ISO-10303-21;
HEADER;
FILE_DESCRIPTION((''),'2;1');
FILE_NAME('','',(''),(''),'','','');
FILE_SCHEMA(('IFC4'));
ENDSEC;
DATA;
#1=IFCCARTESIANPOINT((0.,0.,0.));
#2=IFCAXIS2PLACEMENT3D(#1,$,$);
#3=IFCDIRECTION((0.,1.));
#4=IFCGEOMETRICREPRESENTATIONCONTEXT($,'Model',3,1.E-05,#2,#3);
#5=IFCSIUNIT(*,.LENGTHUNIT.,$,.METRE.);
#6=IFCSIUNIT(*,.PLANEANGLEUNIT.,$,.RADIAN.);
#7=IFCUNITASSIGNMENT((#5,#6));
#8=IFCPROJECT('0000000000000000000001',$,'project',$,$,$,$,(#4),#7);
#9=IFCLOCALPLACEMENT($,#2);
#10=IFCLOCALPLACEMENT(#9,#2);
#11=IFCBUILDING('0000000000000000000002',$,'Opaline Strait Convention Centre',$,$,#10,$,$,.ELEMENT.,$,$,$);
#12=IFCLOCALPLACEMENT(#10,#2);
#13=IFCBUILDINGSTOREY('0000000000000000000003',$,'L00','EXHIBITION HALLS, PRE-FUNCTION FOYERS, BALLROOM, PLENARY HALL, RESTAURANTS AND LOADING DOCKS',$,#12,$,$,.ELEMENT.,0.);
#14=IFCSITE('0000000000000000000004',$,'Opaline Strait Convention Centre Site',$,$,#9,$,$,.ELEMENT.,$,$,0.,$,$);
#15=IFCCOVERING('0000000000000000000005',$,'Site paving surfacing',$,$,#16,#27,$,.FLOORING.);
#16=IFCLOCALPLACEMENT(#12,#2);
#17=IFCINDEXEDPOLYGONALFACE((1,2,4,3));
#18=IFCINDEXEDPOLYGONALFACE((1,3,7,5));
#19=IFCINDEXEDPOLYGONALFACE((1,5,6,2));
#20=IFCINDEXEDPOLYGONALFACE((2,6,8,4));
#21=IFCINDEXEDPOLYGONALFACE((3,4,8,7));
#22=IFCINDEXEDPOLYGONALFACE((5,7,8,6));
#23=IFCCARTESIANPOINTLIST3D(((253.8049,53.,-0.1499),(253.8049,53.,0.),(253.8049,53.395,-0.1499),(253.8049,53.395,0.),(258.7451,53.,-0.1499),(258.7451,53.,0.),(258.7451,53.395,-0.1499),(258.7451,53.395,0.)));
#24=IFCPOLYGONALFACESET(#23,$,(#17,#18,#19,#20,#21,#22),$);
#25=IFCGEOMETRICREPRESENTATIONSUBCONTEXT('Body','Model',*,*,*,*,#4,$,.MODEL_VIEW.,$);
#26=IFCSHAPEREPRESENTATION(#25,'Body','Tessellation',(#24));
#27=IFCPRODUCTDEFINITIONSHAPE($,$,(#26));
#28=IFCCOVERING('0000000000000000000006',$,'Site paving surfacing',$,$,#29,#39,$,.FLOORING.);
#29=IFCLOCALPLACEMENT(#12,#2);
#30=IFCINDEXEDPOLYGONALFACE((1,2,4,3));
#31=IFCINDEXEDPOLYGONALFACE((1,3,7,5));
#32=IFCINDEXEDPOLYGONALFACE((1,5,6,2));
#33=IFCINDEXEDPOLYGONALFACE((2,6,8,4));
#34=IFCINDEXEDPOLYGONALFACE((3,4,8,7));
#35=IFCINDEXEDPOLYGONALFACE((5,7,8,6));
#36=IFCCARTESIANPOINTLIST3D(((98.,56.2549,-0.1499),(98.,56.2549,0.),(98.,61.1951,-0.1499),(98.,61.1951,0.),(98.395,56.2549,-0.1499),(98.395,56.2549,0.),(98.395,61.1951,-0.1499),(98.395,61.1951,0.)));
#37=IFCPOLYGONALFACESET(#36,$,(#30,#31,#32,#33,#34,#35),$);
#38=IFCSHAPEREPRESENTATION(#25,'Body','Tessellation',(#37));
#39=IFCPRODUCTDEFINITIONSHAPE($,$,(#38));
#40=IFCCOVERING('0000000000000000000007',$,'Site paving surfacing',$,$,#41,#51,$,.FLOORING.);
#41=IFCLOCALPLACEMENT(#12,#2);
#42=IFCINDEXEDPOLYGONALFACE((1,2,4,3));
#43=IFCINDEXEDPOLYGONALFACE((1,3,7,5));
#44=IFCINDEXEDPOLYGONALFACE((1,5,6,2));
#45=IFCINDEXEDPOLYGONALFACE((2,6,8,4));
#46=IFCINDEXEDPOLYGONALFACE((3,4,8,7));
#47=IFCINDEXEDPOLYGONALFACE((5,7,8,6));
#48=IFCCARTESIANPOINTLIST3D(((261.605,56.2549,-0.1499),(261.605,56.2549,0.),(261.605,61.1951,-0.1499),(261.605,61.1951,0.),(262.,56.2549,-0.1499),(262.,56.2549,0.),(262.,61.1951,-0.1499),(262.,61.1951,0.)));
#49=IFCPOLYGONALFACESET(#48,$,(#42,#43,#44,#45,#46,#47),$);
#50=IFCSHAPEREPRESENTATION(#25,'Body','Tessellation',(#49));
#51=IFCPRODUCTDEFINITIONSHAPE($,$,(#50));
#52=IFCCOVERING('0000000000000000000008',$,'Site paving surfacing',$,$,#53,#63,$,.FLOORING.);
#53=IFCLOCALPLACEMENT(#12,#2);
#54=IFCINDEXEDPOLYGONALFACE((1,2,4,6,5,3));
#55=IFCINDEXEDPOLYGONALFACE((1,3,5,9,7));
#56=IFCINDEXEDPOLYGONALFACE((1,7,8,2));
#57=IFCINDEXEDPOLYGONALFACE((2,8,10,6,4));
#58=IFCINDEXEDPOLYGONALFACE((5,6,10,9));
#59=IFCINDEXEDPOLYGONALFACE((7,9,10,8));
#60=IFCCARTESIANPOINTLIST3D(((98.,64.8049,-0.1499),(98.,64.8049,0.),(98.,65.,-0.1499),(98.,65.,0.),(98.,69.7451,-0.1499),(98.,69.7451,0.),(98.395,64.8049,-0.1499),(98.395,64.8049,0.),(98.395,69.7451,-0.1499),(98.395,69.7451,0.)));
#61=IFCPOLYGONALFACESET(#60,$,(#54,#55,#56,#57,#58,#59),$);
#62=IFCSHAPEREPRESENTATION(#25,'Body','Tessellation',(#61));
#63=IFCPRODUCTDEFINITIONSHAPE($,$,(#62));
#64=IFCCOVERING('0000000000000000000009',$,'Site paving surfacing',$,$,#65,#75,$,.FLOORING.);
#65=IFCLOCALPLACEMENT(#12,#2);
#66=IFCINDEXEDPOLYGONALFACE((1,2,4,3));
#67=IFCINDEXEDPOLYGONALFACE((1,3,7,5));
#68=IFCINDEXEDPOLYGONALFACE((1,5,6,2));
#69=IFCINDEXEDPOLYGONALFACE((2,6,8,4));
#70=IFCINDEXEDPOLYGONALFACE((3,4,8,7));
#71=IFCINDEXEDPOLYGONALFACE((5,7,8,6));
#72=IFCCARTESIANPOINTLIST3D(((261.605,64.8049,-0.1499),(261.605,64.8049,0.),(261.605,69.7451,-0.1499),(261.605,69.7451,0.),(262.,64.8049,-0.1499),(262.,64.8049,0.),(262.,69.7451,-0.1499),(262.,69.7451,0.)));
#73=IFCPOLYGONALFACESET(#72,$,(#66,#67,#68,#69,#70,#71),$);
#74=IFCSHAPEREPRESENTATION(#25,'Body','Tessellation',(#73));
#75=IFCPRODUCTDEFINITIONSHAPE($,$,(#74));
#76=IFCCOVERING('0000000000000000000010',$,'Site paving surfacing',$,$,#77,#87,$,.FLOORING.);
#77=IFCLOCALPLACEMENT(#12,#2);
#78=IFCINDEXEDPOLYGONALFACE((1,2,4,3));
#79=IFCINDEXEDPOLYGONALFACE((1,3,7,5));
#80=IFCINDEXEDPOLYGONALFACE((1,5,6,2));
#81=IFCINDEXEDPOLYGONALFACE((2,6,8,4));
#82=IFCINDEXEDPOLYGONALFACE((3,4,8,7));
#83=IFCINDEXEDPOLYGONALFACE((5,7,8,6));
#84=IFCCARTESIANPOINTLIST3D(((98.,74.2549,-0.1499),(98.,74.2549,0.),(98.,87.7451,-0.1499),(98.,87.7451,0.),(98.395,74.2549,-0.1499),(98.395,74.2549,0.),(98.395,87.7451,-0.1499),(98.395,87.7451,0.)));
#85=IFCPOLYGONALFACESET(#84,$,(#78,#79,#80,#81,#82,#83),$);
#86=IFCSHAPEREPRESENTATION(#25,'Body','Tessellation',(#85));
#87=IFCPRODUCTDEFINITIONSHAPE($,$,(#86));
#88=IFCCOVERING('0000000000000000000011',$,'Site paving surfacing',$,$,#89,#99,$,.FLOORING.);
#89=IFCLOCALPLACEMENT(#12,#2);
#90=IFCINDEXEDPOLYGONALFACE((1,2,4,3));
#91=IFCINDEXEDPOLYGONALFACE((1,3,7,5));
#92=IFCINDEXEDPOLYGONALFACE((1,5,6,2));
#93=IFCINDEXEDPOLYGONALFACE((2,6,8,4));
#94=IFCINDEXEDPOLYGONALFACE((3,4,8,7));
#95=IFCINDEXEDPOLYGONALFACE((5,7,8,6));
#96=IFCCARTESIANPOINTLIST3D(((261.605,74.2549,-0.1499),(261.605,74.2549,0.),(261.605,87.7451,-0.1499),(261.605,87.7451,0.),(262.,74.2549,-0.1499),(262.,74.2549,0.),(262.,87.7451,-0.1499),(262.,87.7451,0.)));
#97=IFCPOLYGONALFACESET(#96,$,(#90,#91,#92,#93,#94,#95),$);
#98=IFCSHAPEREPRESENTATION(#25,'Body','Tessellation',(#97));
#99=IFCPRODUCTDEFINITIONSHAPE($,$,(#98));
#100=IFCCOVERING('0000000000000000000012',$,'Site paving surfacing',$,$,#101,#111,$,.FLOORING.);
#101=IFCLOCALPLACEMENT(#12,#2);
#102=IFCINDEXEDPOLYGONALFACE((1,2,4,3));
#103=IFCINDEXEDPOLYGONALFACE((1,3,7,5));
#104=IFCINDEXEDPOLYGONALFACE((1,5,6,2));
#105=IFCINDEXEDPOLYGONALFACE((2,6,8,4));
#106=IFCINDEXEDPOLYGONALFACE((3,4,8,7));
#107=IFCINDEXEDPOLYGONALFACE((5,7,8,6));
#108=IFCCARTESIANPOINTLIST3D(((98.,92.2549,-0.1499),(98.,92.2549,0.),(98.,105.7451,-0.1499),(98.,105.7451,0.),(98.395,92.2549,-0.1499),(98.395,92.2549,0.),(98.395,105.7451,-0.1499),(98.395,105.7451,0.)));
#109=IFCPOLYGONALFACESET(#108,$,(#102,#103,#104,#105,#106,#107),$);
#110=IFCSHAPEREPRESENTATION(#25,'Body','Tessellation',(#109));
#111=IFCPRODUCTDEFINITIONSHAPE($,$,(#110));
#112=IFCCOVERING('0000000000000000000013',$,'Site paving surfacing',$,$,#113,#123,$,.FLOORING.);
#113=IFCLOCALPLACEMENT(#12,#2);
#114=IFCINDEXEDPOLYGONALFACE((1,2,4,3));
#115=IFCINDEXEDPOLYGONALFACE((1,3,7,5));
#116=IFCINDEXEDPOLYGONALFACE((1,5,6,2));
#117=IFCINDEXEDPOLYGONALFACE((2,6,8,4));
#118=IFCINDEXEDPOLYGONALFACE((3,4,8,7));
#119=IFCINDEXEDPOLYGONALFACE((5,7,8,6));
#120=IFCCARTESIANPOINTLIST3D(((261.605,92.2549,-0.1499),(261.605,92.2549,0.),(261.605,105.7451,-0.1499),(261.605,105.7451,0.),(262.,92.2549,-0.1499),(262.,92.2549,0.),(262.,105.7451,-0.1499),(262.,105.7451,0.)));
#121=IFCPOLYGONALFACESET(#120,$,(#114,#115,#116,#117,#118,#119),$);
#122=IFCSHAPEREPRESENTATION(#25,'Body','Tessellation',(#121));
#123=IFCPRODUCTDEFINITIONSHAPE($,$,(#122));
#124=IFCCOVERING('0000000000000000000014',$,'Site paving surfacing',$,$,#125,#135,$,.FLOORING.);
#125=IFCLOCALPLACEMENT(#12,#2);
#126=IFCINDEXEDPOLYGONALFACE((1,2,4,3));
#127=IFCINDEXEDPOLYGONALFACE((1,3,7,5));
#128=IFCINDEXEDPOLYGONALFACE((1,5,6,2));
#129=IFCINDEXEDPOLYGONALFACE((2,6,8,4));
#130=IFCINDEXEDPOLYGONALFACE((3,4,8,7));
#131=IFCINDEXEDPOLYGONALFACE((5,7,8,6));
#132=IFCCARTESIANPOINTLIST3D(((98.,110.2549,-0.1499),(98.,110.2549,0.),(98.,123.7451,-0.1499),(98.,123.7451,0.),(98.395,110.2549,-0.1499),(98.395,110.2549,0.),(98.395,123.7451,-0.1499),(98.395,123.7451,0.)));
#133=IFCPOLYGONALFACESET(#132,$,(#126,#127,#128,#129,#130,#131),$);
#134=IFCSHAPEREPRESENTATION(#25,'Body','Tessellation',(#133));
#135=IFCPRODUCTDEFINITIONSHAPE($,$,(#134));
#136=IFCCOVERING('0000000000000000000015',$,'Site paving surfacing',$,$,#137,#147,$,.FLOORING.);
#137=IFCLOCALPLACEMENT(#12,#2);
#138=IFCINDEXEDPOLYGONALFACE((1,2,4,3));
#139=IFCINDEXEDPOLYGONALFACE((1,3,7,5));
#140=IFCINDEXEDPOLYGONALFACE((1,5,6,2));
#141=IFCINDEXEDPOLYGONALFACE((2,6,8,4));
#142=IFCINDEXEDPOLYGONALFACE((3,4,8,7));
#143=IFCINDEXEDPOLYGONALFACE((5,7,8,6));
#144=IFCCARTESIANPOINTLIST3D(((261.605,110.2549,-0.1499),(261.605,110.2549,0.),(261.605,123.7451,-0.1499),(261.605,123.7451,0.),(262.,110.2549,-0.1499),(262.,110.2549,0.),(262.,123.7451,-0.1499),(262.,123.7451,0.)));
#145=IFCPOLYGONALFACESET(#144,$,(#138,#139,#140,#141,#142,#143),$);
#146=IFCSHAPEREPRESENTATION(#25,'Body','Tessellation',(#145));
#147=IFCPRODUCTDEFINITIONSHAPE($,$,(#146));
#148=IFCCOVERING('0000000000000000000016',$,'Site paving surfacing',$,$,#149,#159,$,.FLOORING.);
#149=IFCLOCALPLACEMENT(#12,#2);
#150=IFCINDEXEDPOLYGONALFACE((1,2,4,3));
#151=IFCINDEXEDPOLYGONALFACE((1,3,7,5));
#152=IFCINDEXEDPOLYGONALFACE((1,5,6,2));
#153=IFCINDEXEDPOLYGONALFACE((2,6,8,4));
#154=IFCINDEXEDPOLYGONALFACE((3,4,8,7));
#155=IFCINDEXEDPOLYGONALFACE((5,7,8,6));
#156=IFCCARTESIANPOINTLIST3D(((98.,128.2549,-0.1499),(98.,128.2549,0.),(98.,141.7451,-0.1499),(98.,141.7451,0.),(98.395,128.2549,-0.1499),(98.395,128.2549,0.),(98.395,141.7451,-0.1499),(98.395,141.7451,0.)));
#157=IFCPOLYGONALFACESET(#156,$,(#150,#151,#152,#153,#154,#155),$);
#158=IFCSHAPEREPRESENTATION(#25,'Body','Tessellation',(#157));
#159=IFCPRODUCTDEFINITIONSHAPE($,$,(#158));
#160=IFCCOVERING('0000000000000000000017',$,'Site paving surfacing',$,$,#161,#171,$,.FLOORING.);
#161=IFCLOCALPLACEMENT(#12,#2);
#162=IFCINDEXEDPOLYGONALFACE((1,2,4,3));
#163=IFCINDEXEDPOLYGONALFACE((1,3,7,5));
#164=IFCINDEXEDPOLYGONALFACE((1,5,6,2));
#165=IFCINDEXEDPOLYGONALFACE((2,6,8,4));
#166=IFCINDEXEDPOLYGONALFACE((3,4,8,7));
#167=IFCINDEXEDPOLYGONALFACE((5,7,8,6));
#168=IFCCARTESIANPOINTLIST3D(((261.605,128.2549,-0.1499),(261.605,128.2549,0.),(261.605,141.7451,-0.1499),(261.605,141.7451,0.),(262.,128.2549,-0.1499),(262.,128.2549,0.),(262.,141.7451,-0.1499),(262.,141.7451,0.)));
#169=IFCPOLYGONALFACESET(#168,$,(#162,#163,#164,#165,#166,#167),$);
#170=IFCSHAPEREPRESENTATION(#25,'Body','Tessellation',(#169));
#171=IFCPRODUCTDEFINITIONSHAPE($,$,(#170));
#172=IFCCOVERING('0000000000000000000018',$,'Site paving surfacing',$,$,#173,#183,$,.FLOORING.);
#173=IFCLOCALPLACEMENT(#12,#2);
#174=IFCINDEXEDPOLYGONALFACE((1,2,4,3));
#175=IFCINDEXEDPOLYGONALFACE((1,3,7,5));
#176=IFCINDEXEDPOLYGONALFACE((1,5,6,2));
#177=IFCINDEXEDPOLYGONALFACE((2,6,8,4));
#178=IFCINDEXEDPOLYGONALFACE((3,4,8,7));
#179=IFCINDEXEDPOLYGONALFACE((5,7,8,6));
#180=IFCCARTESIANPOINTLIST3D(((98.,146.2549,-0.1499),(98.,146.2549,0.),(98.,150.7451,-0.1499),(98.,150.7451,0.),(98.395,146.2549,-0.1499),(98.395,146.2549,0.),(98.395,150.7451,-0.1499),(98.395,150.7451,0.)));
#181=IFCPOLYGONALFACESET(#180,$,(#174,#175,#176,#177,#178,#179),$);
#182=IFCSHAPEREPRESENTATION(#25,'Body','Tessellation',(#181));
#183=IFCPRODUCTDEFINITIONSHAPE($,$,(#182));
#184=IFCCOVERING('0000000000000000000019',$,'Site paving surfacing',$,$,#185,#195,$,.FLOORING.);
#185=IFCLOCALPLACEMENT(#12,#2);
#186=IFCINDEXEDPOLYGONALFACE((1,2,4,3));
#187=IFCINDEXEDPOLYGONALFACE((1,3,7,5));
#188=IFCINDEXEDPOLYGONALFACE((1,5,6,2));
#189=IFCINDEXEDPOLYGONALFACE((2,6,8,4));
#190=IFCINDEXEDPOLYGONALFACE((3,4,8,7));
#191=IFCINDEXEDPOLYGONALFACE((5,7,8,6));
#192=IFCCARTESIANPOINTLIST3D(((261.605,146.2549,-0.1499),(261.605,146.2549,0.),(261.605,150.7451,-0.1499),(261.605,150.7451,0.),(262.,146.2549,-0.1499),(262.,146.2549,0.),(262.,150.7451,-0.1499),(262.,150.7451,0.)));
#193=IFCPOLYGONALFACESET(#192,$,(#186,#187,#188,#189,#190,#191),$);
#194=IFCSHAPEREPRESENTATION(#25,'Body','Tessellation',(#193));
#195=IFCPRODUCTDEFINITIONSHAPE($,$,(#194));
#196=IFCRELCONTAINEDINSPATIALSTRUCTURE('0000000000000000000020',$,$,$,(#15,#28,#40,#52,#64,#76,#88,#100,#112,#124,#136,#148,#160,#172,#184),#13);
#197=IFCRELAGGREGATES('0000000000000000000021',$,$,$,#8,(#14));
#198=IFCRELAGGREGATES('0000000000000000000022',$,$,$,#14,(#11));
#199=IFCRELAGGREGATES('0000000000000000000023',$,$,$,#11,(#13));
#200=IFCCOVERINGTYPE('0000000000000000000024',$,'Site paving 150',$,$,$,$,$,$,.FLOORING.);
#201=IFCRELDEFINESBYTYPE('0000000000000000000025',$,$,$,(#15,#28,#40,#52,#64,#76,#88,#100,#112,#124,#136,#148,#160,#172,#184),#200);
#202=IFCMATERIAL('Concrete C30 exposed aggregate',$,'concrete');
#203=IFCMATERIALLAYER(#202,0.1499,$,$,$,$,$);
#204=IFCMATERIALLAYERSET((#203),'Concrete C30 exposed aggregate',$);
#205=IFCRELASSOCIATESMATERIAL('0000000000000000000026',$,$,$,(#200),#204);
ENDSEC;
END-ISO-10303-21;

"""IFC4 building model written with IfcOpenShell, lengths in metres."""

from ifc_helpers import new_model, si_unit, direction, frame, origin, place, context, subcontext, project, spatial, polyline, outline, extrude, material, layer, layer_set, type_object, element, save


model = new_model("IFC4")

# Units and contexts
model_context = context("Model", 3, precision=1e-05, world=origin(), true_north=direction((0.0, 1.0)))
body_context = subcontext(model_context, "Body", "Model", "MODEL_VIEW")
ifc_project = project(units=[si_unit("LENGTHUNIT", "METRE"), si_unit("PLANEANGLEUNIT", "RADIAN")], contexts=[model_context])

# Site, building, storey
site_placement = place(None, origin())
site = spatial("IfcSite", under=ifc_project, at=site_placement, Name="Opaline Strait Convention Centre Site", CompositionType="ELEMENT", RefElevation=0.0)
building_placement = place(site_placement, origin())
building = spatial("IfcBuilding", under=site, at=building_placement, Name="Opaline Strait Convention Centre", CompositionType="ELEMENT")
storey_placement = place(building_placement, origin())
storey = spatial("IfcBuildingStorey", under=building, at=storey_placement, Name="L00", Description="EXHIBITION HALLS, PRE-FUNCTION FOYERS, BALLROOM, PLENARY HALL, RESTAURANTS AND LOADING DOCKS", CompositionType="ELEMENT", Elevation=0.0)

# Coverings
ifc_material = material(Name="Concrete C30 exposed aggregate", Category="concrete")
ifc_layer = layer(ifc_material, 0.1499)
ifc_layer_set = layer_set([ifc_layer], Name="Concrete C30 exposed aggregate")
covering_type = type_object("IfcCoveringType", Name="Site paving 150", PredefinedType="FLOORING", material=ifc_layer_set)
covering_1_placement = place(storey_placement, frame((0.0, 0.0, -0.1499)))
element("IfcCovering", 1, at=covering_1_placement, inside=storey, type_object=covering_type, Name="Site paving surfacing", PredefinedType="FLOORING", context=body_context, shape_type="SweptSolid", body=[
    extrude(outline(polyline([(253.8049, 53.395), (253.8049, 53.0), (258.7451, 53.0), (258.7451, 53.395), (253.8049, 53.395)])), origin(), (0.0, 0.0, 1.0), 0.1499),
])
covering_2_placement = place(storey_placement, frame((0.0, 0.0, -0.1499)))
element("IfcCovering", 2, at=covering_2_placement, inside=storey, type_object=covering_type, Name="Site paving surfacing", PredefinedType="FLOORING", context=body_context, shape_type="SweptSolid", body=[
    extrude(outline(polyline([(98.395, 61.1951), (98.0, 61.1951), (98.0, 56.2549), (98.395, 56.2549), (98.395, 61.1951)])), origin(), (0.0, 0.0, 1.0), 0.1499),
])
covering_3_placement = place(storey_placement, frame((0.0, 0.0, -0.1499)))
element("IfcCovering", 3, at=covering_3_placement, inside=storey, type_object=covering_type, Name="Site paving surfacing", PredefinedType="FLOORING", context=body_context, shape_type="SweptSolid", body=[
    extrude(outline(polyline([(261.605, 56.2549), (262.0, 56.2549), (262.0, 61.1951), (261.605, 61.1951), (261.605, 56.2549)])), origin(), (0.0, 0.0, 1.0), 0.1499),
])
covering_4_placement = place(storey_placement, frame((0.0, 0.0, -0.1499)))
element("IfcCovering", 4, at=covering_4_placement, inside=storey, type_object=covering_type, Name="Site paving surfacing", PredefinedType="FLOORING", context=body_context, shape_type="SweptSolid", body=[
    extrude(outline(polyline([(98.0, 69.7451), (98.0, 65.0), (98.0, 64.8049), (98.395, 64.8049), (98.395, 69.7451), (98.0, 69.7451)])), origin(), (0.0, 0.0, 1.0), 0.1499),
])
covering_5_placement = place(storey_placement, frame((0.0, 0.0, -0.1499)))
element("IfcCovering", 5, at=covering_5_placement, inside=storey, type_object=covering_type, Name="Site paving surfacing", PredefinedType="FLOORING", context=body_context, shape_type="SweptSolid", body=[
    extrude(outline(polyline([(261.605, 64.8049), (262.0, 64.8049), (262.0, 69.7451), (261.605, 69.7451), (261.605, 64.8049)])), origin(), (0.0, 0.0, 1.0), 0.1499),
])
covering_6_placement = place(storey_placement, frame((0.0, 0.0, -0.1499)))
element("IfcCovering", 6, at=covering_6_placement, inside=storey, type_object=covering_type, Name="Site paving surfacing", PredefinedType="FLOORING", context=body_context, shape_type="SweptSolid", body=[
    extrude(outline(polyline([(98.395, 87.7451), (98.0, 87.7451), (98.0, 74.2549), (98.395, 74.2549), (98.395, 87.7451)])), origin(), (0.0, 0.0, 1.0), 0.1499),
])
covering_7_placement = place(storey_placement, frame((0.0, 0.0, -0.1499)))
element("IfcCovering", 7, at=covering_7_placement, inside=storey, type_object=covering_type, Name="Site paving surfacing", PredefinedType="FLOORING", context=body_context, shape_type="SweptSolid", body=[
    extrude(outline(polyline([(261.605, 74.2549), (262.0, 74.2549), (262.0, 87.7451), (261.605, 87.7451), (261.605, 74.2549)])), origin(), (0.0, 0.0, 1.0), 0.1499),
])
covering_8_placement = place(storey_placement, frame((0.0, 0.0, -0.1499)))
element("IfcCovering", 8, at=covering_8_placement, inside=storey, type_object=covering_type, Name="Site paving surfacing", PredefinedType="FLOORING", context=body_context, shape_type="SweptSolid", body=[
    extrude(outline(polyline([(98.395, 105.7451), (98.0, 105.7451), (98.0, 92.2549), (98.395, 92.2549), (98.395, 105.7451)])), origin(), (0.0, 0.0, 1.0), 0.1499),
])
covering_9_placement = place(storey_placement, frame((0.0, 0.0, -0.1499)))
element("IfcCovering", 9, at=covering_9_placement, inside=storey, type_object=covering_type, Name="Site paving surfacing", PredefinedType="FLOORING", context=body_context, shape_type="SweptSolid", body=[
    extrude(outline(polyline([(261.605, 92.2549), (262.0, 92.2549), (262.0, 105.7451), (261.605, 105.7451), (261.605, 92.2549)])), origin(), (0.0, 0.0, 1.0), 0.1499),
])
covering_10_placement = place(storey_placement, frame((0.0, 0.0, -0.1499)))
element("IfcCovering", 10, at=covering_10_placement, inside=storey, type_object=covering_type, Name="Site paving surfacing", PredefinedType="FLOORING", context=body_context, shape_type="SweptSolid", body=[
    extrude(outline(polyline([(98.395, 123.7451), (98.0, 123.7451), (98.0, 110.2549), (98.395, 110.2549), (98.395, 123.7451)])), origin(), (0.0, 0.0, 1.0), 0.1499),
])
covering_11_placement = place(storey_placement, frame((0.0, 0.0, -0.1499)))
element("IfcCovering", 11, at=covering_11_placement, inside=storey, type_object=covering_type, Name="Site paving surfacing", PredefinedType="FLOORING", context=body_context, shape_type="SweptSolid", body=[
    extrude(outline(polyline([(261.605, 110.2549), (262.0, 110.2549), (262.0, 123.7451), (261.605, 123.7451), (261.605, 110.2549)])), origin(), (0.0, 0.0, 1.0), 0.1499),
])
covering_12_placement = place(storey_placement, frame((0.0, 0.0, -0.1499)))
element("IfcCovering", 12, at=covering_12_placement, inside=storey, type_object=covering_type, Name="Site paving surfacing", PredefinedType="FLOORING", context=body_context, shape_type="SweptSolid", body=[
    extrude(outline(polyline([(98.395, 141.7451), (98.0, 141.7451), (98.0, 128.2549), (98.395, 128.2549), (98.395, 141.7451)])), origin(), (0.0, 0.0, 1.0), 0.1499),
])
covering_13_placement = place(storey_placement, frame((0.0, 0.0, -0.1499)))
element("IfcCovering", 13, at=covering_13_placement, inside=storey, type_object=covering_type, Name="Site paving surfacing", PredefinedType="FLOORING", context=body_context, shape_type="SweptSolid", body=[
    extrude(outline(polyline([(261.605, 128.2549), (262.0, 128.2549), (262.0, 141.7451), (261.605, 141.7451), (261.605, 128.2549)])), origin(), (0.0, 0.0, 1.0), 0.1499),
])
covering_14_placement = place(storey_placement, frame((0.0, 0.0, -0.1499)))
element("IfcCovering", 14, at=covering_14_placement, inside=storey, type_object=covering_type, Name="Site paving surfacing", PredefinedType="FLOORING", context=body_context, shape_type="SweptSolid", body=[
    extrude(outline(polyline([(98.395, 150.7451), (98.0, 150.7451), (98.0, 146.2549), (98.395, 146.2549), (98.395, 150.7451)])), origin(), (0.0, 0.0, 1.0), 0.1499),
])
covering_15_placement = place(storey_placement, frame((0.0, 0.0, -0.1499)))
element("IfcCovering", 15, at=covering_15_placement, inside=storey, type_object=covering_type, Name="Site paving surfacing", PredefinedType="FLOORING", context=body_context, shape_type="SweptSolid", body=[
    extrude(outline(polyline([(261.605, 146.2549), (262.0, 146.2549), (262.0, 150.7451), (261.605, 150.7451), (261.605, 146.2549)])), origin(), (0.0, 0.0, 1.0), 0.1499),
])

save(model, "model.ifc")
